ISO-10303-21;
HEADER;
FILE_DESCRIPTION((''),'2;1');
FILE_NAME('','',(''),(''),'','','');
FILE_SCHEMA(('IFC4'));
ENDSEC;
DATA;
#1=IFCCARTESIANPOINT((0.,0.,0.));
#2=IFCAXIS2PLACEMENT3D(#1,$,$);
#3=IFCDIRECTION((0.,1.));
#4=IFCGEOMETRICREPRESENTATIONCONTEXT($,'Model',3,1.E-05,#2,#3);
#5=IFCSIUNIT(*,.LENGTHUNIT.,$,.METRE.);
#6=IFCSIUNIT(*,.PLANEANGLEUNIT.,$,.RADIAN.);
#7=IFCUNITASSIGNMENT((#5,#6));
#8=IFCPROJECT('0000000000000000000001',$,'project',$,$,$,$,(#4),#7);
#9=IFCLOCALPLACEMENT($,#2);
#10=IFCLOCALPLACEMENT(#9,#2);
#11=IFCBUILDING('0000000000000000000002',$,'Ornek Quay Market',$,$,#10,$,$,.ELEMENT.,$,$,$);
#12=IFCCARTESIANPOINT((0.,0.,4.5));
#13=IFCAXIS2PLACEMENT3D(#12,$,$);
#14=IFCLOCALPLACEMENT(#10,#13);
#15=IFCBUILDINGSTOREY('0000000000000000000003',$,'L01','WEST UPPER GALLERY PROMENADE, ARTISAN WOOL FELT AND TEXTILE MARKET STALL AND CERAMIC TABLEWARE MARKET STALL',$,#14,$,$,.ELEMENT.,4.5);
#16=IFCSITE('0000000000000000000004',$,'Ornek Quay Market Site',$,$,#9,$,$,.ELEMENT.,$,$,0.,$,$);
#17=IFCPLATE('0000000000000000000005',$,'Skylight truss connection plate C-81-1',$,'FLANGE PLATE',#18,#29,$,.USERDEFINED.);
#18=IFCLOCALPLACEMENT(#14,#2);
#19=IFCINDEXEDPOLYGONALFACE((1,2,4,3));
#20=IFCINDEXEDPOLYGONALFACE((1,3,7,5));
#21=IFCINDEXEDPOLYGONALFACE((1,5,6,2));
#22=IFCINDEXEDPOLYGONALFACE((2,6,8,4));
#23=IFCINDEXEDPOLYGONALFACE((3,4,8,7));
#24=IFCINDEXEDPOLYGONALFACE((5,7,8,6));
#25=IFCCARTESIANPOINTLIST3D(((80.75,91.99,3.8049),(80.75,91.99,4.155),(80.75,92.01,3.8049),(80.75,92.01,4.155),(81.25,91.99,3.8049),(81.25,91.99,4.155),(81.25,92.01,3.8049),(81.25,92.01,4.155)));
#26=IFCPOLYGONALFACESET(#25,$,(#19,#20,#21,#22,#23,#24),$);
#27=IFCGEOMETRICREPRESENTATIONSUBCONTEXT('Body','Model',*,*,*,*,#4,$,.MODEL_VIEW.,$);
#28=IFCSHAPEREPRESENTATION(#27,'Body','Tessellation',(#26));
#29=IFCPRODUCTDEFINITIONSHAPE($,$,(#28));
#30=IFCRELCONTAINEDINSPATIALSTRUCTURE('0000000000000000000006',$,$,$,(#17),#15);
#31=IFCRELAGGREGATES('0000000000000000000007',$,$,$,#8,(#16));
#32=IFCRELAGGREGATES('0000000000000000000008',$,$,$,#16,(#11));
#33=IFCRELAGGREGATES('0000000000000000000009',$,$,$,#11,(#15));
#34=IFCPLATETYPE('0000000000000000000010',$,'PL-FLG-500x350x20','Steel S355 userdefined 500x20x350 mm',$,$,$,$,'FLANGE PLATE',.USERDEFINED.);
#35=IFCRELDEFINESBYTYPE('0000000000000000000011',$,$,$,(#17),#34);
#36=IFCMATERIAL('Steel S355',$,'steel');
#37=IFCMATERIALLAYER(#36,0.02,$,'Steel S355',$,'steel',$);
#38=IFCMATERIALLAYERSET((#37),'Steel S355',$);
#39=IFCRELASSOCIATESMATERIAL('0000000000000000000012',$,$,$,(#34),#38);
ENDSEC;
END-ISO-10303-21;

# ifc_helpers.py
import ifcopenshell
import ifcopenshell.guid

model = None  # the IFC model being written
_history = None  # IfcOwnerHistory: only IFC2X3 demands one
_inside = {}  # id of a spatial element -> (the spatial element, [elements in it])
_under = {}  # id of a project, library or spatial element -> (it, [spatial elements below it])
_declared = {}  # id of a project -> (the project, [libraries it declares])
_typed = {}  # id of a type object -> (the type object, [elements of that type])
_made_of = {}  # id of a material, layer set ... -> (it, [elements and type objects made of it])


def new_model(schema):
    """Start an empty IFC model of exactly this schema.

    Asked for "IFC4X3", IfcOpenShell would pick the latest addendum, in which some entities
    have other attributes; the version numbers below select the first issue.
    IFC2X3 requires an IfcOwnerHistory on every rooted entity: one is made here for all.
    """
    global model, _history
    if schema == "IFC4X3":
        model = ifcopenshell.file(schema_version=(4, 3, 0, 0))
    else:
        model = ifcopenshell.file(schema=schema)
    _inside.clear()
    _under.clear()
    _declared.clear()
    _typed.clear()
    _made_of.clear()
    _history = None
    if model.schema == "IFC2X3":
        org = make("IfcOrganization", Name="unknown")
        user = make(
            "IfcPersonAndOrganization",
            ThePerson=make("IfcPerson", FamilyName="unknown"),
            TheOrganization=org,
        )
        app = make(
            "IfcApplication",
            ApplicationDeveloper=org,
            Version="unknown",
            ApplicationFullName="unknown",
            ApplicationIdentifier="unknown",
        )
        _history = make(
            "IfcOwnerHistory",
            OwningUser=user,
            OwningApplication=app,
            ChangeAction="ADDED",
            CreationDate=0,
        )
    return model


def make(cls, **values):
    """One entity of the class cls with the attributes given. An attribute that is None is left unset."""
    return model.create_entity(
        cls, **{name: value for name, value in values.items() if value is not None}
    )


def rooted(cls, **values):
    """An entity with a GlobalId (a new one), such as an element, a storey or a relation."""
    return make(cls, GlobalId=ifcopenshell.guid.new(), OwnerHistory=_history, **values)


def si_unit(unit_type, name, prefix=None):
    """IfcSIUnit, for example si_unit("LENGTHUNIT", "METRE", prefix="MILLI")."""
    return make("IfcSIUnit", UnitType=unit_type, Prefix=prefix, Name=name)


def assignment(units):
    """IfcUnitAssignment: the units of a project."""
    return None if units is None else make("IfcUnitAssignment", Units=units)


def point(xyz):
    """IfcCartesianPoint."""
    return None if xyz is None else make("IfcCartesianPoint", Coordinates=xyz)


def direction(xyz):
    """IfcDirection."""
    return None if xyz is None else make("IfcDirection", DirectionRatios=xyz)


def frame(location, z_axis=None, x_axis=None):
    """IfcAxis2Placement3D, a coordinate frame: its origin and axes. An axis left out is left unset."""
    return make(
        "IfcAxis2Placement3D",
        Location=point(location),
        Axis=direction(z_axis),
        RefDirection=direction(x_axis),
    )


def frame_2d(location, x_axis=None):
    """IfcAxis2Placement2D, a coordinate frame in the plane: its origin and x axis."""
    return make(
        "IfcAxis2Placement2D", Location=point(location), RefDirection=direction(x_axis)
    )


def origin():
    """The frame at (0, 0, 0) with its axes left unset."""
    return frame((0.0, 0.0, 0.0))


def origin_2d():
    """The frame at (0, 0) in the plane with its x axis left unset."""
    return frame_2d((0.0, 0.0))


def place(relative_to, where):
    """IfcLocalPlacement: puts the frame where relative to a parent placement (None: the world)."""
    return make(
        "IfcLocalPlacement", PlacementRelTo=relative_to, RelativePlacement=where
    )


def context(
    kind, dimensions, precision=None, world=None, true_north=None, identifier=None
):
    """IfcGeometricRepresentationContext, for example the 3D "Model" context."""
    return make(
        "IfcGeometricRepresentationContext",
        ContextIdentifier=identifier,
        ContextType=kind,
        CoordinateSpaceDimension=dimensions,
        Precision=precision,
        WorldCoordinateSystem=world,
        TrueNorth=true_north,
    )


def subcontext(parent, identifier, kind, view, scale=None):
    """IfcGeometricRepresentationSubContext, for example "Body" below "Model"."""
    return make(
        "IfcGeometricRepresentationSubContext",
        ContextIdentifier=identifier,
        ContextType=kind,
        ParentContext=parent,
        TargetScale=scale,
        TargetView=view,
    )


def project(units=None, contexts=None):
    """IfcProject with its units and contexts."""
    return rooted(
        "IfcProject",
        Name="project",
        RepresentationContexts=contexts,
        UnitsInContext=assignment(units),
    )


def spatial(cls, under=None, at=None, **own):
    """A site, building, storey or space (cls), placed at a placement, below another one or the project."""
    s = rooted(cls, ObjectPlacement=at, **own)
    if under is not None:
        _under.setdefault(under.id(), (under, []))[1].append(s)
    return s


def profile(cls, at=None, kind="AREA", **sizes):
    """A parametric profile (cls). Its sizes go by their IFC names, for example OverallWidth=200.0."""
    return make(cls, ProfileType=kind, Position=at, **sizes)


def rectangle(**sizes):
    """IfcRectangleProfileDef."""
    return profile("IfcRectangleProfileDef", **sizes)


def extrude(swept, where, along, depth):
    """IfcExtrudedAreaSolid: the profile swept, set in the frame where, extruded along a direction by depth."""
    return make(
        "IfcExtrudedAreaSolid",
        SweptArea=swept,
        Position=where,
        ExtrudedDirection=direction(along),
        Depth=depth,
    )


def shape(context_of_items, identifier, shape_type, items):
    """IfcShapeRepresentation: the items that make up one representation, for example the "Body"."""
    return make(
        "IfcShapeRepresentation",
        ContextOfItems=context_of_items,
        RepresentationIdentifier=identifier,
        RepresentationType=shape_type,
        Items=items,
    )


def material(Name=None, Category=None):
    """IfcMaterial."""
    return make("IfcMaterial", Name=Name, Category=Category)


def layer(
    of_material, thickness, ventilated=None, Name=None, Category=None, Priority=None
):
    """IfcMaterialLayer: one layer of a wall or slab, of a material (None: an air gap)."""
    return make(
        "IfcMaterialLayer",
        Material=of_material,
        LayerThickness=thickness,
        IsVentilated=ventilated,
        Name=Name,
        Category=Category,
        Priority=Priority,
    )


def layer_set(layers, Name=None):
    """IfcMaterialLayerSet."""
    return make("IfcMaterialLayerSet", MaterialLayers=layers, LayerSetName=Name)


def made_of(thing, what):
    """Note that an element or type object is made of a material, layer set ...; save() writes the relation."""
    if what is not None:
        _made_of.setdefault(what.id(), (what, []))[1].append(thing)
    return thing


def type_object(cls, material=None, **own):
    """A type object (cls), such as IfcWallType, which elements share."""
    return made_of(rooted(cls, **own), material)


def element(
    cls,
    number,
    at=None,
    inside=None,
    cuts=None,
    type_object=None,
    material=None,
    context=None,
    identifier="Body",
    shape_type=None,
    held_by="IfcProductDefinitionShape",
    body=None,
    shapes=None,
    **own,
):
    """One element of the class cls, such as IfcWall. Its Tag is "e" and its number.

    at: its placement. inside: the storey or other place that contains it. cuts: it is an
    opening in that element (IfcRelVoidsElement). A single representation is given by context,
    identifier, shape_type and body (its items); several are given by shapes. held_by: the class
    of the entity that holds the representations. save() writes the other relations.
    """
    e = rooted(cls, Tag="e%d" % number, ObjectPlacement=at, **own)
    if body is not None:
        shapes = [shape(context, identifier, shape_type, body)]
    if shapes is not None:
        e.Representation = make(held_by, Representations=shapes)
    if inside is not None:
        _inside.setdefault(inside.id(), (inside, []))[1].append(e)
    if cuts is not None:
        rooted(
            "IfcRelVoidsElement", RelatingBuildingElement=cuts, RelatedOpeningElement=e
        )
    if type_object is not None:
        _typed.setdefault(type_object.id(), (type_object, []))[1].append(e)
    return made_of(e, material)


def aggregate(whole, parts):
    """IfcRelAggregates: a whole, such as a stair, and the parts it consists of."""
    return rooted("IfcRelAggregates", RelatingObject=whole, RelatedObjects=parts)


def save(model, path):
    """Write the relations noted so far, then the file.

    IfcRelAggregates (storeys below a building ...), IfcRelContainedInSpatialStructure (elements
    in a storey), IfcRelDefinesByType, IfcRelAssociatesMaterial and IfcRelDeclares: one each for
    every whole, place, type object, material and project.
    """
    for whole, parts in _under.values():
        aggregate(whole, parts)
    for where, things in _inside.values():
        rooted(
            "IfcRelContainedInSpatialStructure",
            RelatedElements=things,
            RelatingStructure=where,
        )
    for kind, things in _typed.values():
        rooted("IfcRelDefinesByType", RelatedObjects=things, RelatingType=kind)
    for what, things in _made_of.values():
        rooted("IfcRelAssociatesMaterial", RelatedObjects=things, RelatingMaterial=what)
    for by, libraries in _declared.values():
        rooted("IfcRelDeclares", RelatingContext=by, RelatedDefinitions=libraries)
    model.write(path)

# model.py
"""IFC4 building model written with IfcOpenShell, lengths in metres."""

from ifc_helpers import new_model, si_unit, direction, frame, origin, origin_2d, place, context, subcontext, project, spatial, rectangle, extrude, material, layer, layer_set, type_object, element, save


model = new_model("IFC4")

# Units and contexts
model_context = context("Model", 3, precision=1e-05, world=origin(), true_north=direction((0.0, 1.0)))
body_context = subcontext(model_context, "Body", "Model", "MODEL_VIEW")
ifc_project = project(units=[si_unit("LENGTHUNIT", "METRE"), si_unit("PLANEANGLEUNIT", "RADIAN")], contexts=[model_context])

# Site, building, storey
site_placement = place(None, origin())
site = spatial("IfcSite", under=ifc_project, at=site_placement, Name="Ornek Quay Market Site", CompositionType="ELEMENT", RefElevation=0.0)
building_placement = place(site_placement, origin())
building = spatial("IfcBuilding", under=site, at=building_placement, Name="Ornek Quay Market", CompositionType="ELEMENT")
storey_placement = place(building_placement, frame((0.0, 0.0, 4.5)))
storey = spatial("IfcBuildingStorey", under=building, at=storey_placement, Name="L01", Description="WEST UPPER GALLERY PROMENADE, ARTISAN WOOL FELT AND TEXTILE MARKET STALL AND CERAMIC TABLEWARE MARKET STALL", CompositionType="ELEMENT", Elevation=4.5)

# Shared definitions
ifc_material_1 = material(Name="Steel S355", Category="steel")

# Plate
ifc_layer_1 = layer(ifc_material_1, 0.02, Name="Steel S355", Category="steel")
ifc_layer_set_1 = layer_set([ifc_layer_1], Name="Steel S355")
plate_type_1 = type_object("IfcPlateType", Name="PL-FLG-500x350x20", Description="Steel S355 userdefined 500x20x350 mm", ElementType="FLANGE PLATE", PredefinedType="USERDEFINED", material=ifc_layer_set_1)
plate_1_placement = place(storey_placement, frame((81.0, 92.0, 3.8049), z_axis=(0.0, 0.0, 1.0), x_axis=(1.0, 0.0, 0.0)))
element("IfcPlate", 1, at=plate_1_placement, inside=storey, type_object=plate_type_1, Name="Skylight truss connection plate C-81-1", ObjectType="FLANGE PLATE", PredefinedType="USERDEFINED", context=body_context, shape_type="SweptSolid", body=[
    extrude(rectangle(XDim=0.5, YDim=0.02, at=origin_2d()), origin(), (0.0, 0.0, 1.0), 0.3501),
])

save(model, "model.ifc")
